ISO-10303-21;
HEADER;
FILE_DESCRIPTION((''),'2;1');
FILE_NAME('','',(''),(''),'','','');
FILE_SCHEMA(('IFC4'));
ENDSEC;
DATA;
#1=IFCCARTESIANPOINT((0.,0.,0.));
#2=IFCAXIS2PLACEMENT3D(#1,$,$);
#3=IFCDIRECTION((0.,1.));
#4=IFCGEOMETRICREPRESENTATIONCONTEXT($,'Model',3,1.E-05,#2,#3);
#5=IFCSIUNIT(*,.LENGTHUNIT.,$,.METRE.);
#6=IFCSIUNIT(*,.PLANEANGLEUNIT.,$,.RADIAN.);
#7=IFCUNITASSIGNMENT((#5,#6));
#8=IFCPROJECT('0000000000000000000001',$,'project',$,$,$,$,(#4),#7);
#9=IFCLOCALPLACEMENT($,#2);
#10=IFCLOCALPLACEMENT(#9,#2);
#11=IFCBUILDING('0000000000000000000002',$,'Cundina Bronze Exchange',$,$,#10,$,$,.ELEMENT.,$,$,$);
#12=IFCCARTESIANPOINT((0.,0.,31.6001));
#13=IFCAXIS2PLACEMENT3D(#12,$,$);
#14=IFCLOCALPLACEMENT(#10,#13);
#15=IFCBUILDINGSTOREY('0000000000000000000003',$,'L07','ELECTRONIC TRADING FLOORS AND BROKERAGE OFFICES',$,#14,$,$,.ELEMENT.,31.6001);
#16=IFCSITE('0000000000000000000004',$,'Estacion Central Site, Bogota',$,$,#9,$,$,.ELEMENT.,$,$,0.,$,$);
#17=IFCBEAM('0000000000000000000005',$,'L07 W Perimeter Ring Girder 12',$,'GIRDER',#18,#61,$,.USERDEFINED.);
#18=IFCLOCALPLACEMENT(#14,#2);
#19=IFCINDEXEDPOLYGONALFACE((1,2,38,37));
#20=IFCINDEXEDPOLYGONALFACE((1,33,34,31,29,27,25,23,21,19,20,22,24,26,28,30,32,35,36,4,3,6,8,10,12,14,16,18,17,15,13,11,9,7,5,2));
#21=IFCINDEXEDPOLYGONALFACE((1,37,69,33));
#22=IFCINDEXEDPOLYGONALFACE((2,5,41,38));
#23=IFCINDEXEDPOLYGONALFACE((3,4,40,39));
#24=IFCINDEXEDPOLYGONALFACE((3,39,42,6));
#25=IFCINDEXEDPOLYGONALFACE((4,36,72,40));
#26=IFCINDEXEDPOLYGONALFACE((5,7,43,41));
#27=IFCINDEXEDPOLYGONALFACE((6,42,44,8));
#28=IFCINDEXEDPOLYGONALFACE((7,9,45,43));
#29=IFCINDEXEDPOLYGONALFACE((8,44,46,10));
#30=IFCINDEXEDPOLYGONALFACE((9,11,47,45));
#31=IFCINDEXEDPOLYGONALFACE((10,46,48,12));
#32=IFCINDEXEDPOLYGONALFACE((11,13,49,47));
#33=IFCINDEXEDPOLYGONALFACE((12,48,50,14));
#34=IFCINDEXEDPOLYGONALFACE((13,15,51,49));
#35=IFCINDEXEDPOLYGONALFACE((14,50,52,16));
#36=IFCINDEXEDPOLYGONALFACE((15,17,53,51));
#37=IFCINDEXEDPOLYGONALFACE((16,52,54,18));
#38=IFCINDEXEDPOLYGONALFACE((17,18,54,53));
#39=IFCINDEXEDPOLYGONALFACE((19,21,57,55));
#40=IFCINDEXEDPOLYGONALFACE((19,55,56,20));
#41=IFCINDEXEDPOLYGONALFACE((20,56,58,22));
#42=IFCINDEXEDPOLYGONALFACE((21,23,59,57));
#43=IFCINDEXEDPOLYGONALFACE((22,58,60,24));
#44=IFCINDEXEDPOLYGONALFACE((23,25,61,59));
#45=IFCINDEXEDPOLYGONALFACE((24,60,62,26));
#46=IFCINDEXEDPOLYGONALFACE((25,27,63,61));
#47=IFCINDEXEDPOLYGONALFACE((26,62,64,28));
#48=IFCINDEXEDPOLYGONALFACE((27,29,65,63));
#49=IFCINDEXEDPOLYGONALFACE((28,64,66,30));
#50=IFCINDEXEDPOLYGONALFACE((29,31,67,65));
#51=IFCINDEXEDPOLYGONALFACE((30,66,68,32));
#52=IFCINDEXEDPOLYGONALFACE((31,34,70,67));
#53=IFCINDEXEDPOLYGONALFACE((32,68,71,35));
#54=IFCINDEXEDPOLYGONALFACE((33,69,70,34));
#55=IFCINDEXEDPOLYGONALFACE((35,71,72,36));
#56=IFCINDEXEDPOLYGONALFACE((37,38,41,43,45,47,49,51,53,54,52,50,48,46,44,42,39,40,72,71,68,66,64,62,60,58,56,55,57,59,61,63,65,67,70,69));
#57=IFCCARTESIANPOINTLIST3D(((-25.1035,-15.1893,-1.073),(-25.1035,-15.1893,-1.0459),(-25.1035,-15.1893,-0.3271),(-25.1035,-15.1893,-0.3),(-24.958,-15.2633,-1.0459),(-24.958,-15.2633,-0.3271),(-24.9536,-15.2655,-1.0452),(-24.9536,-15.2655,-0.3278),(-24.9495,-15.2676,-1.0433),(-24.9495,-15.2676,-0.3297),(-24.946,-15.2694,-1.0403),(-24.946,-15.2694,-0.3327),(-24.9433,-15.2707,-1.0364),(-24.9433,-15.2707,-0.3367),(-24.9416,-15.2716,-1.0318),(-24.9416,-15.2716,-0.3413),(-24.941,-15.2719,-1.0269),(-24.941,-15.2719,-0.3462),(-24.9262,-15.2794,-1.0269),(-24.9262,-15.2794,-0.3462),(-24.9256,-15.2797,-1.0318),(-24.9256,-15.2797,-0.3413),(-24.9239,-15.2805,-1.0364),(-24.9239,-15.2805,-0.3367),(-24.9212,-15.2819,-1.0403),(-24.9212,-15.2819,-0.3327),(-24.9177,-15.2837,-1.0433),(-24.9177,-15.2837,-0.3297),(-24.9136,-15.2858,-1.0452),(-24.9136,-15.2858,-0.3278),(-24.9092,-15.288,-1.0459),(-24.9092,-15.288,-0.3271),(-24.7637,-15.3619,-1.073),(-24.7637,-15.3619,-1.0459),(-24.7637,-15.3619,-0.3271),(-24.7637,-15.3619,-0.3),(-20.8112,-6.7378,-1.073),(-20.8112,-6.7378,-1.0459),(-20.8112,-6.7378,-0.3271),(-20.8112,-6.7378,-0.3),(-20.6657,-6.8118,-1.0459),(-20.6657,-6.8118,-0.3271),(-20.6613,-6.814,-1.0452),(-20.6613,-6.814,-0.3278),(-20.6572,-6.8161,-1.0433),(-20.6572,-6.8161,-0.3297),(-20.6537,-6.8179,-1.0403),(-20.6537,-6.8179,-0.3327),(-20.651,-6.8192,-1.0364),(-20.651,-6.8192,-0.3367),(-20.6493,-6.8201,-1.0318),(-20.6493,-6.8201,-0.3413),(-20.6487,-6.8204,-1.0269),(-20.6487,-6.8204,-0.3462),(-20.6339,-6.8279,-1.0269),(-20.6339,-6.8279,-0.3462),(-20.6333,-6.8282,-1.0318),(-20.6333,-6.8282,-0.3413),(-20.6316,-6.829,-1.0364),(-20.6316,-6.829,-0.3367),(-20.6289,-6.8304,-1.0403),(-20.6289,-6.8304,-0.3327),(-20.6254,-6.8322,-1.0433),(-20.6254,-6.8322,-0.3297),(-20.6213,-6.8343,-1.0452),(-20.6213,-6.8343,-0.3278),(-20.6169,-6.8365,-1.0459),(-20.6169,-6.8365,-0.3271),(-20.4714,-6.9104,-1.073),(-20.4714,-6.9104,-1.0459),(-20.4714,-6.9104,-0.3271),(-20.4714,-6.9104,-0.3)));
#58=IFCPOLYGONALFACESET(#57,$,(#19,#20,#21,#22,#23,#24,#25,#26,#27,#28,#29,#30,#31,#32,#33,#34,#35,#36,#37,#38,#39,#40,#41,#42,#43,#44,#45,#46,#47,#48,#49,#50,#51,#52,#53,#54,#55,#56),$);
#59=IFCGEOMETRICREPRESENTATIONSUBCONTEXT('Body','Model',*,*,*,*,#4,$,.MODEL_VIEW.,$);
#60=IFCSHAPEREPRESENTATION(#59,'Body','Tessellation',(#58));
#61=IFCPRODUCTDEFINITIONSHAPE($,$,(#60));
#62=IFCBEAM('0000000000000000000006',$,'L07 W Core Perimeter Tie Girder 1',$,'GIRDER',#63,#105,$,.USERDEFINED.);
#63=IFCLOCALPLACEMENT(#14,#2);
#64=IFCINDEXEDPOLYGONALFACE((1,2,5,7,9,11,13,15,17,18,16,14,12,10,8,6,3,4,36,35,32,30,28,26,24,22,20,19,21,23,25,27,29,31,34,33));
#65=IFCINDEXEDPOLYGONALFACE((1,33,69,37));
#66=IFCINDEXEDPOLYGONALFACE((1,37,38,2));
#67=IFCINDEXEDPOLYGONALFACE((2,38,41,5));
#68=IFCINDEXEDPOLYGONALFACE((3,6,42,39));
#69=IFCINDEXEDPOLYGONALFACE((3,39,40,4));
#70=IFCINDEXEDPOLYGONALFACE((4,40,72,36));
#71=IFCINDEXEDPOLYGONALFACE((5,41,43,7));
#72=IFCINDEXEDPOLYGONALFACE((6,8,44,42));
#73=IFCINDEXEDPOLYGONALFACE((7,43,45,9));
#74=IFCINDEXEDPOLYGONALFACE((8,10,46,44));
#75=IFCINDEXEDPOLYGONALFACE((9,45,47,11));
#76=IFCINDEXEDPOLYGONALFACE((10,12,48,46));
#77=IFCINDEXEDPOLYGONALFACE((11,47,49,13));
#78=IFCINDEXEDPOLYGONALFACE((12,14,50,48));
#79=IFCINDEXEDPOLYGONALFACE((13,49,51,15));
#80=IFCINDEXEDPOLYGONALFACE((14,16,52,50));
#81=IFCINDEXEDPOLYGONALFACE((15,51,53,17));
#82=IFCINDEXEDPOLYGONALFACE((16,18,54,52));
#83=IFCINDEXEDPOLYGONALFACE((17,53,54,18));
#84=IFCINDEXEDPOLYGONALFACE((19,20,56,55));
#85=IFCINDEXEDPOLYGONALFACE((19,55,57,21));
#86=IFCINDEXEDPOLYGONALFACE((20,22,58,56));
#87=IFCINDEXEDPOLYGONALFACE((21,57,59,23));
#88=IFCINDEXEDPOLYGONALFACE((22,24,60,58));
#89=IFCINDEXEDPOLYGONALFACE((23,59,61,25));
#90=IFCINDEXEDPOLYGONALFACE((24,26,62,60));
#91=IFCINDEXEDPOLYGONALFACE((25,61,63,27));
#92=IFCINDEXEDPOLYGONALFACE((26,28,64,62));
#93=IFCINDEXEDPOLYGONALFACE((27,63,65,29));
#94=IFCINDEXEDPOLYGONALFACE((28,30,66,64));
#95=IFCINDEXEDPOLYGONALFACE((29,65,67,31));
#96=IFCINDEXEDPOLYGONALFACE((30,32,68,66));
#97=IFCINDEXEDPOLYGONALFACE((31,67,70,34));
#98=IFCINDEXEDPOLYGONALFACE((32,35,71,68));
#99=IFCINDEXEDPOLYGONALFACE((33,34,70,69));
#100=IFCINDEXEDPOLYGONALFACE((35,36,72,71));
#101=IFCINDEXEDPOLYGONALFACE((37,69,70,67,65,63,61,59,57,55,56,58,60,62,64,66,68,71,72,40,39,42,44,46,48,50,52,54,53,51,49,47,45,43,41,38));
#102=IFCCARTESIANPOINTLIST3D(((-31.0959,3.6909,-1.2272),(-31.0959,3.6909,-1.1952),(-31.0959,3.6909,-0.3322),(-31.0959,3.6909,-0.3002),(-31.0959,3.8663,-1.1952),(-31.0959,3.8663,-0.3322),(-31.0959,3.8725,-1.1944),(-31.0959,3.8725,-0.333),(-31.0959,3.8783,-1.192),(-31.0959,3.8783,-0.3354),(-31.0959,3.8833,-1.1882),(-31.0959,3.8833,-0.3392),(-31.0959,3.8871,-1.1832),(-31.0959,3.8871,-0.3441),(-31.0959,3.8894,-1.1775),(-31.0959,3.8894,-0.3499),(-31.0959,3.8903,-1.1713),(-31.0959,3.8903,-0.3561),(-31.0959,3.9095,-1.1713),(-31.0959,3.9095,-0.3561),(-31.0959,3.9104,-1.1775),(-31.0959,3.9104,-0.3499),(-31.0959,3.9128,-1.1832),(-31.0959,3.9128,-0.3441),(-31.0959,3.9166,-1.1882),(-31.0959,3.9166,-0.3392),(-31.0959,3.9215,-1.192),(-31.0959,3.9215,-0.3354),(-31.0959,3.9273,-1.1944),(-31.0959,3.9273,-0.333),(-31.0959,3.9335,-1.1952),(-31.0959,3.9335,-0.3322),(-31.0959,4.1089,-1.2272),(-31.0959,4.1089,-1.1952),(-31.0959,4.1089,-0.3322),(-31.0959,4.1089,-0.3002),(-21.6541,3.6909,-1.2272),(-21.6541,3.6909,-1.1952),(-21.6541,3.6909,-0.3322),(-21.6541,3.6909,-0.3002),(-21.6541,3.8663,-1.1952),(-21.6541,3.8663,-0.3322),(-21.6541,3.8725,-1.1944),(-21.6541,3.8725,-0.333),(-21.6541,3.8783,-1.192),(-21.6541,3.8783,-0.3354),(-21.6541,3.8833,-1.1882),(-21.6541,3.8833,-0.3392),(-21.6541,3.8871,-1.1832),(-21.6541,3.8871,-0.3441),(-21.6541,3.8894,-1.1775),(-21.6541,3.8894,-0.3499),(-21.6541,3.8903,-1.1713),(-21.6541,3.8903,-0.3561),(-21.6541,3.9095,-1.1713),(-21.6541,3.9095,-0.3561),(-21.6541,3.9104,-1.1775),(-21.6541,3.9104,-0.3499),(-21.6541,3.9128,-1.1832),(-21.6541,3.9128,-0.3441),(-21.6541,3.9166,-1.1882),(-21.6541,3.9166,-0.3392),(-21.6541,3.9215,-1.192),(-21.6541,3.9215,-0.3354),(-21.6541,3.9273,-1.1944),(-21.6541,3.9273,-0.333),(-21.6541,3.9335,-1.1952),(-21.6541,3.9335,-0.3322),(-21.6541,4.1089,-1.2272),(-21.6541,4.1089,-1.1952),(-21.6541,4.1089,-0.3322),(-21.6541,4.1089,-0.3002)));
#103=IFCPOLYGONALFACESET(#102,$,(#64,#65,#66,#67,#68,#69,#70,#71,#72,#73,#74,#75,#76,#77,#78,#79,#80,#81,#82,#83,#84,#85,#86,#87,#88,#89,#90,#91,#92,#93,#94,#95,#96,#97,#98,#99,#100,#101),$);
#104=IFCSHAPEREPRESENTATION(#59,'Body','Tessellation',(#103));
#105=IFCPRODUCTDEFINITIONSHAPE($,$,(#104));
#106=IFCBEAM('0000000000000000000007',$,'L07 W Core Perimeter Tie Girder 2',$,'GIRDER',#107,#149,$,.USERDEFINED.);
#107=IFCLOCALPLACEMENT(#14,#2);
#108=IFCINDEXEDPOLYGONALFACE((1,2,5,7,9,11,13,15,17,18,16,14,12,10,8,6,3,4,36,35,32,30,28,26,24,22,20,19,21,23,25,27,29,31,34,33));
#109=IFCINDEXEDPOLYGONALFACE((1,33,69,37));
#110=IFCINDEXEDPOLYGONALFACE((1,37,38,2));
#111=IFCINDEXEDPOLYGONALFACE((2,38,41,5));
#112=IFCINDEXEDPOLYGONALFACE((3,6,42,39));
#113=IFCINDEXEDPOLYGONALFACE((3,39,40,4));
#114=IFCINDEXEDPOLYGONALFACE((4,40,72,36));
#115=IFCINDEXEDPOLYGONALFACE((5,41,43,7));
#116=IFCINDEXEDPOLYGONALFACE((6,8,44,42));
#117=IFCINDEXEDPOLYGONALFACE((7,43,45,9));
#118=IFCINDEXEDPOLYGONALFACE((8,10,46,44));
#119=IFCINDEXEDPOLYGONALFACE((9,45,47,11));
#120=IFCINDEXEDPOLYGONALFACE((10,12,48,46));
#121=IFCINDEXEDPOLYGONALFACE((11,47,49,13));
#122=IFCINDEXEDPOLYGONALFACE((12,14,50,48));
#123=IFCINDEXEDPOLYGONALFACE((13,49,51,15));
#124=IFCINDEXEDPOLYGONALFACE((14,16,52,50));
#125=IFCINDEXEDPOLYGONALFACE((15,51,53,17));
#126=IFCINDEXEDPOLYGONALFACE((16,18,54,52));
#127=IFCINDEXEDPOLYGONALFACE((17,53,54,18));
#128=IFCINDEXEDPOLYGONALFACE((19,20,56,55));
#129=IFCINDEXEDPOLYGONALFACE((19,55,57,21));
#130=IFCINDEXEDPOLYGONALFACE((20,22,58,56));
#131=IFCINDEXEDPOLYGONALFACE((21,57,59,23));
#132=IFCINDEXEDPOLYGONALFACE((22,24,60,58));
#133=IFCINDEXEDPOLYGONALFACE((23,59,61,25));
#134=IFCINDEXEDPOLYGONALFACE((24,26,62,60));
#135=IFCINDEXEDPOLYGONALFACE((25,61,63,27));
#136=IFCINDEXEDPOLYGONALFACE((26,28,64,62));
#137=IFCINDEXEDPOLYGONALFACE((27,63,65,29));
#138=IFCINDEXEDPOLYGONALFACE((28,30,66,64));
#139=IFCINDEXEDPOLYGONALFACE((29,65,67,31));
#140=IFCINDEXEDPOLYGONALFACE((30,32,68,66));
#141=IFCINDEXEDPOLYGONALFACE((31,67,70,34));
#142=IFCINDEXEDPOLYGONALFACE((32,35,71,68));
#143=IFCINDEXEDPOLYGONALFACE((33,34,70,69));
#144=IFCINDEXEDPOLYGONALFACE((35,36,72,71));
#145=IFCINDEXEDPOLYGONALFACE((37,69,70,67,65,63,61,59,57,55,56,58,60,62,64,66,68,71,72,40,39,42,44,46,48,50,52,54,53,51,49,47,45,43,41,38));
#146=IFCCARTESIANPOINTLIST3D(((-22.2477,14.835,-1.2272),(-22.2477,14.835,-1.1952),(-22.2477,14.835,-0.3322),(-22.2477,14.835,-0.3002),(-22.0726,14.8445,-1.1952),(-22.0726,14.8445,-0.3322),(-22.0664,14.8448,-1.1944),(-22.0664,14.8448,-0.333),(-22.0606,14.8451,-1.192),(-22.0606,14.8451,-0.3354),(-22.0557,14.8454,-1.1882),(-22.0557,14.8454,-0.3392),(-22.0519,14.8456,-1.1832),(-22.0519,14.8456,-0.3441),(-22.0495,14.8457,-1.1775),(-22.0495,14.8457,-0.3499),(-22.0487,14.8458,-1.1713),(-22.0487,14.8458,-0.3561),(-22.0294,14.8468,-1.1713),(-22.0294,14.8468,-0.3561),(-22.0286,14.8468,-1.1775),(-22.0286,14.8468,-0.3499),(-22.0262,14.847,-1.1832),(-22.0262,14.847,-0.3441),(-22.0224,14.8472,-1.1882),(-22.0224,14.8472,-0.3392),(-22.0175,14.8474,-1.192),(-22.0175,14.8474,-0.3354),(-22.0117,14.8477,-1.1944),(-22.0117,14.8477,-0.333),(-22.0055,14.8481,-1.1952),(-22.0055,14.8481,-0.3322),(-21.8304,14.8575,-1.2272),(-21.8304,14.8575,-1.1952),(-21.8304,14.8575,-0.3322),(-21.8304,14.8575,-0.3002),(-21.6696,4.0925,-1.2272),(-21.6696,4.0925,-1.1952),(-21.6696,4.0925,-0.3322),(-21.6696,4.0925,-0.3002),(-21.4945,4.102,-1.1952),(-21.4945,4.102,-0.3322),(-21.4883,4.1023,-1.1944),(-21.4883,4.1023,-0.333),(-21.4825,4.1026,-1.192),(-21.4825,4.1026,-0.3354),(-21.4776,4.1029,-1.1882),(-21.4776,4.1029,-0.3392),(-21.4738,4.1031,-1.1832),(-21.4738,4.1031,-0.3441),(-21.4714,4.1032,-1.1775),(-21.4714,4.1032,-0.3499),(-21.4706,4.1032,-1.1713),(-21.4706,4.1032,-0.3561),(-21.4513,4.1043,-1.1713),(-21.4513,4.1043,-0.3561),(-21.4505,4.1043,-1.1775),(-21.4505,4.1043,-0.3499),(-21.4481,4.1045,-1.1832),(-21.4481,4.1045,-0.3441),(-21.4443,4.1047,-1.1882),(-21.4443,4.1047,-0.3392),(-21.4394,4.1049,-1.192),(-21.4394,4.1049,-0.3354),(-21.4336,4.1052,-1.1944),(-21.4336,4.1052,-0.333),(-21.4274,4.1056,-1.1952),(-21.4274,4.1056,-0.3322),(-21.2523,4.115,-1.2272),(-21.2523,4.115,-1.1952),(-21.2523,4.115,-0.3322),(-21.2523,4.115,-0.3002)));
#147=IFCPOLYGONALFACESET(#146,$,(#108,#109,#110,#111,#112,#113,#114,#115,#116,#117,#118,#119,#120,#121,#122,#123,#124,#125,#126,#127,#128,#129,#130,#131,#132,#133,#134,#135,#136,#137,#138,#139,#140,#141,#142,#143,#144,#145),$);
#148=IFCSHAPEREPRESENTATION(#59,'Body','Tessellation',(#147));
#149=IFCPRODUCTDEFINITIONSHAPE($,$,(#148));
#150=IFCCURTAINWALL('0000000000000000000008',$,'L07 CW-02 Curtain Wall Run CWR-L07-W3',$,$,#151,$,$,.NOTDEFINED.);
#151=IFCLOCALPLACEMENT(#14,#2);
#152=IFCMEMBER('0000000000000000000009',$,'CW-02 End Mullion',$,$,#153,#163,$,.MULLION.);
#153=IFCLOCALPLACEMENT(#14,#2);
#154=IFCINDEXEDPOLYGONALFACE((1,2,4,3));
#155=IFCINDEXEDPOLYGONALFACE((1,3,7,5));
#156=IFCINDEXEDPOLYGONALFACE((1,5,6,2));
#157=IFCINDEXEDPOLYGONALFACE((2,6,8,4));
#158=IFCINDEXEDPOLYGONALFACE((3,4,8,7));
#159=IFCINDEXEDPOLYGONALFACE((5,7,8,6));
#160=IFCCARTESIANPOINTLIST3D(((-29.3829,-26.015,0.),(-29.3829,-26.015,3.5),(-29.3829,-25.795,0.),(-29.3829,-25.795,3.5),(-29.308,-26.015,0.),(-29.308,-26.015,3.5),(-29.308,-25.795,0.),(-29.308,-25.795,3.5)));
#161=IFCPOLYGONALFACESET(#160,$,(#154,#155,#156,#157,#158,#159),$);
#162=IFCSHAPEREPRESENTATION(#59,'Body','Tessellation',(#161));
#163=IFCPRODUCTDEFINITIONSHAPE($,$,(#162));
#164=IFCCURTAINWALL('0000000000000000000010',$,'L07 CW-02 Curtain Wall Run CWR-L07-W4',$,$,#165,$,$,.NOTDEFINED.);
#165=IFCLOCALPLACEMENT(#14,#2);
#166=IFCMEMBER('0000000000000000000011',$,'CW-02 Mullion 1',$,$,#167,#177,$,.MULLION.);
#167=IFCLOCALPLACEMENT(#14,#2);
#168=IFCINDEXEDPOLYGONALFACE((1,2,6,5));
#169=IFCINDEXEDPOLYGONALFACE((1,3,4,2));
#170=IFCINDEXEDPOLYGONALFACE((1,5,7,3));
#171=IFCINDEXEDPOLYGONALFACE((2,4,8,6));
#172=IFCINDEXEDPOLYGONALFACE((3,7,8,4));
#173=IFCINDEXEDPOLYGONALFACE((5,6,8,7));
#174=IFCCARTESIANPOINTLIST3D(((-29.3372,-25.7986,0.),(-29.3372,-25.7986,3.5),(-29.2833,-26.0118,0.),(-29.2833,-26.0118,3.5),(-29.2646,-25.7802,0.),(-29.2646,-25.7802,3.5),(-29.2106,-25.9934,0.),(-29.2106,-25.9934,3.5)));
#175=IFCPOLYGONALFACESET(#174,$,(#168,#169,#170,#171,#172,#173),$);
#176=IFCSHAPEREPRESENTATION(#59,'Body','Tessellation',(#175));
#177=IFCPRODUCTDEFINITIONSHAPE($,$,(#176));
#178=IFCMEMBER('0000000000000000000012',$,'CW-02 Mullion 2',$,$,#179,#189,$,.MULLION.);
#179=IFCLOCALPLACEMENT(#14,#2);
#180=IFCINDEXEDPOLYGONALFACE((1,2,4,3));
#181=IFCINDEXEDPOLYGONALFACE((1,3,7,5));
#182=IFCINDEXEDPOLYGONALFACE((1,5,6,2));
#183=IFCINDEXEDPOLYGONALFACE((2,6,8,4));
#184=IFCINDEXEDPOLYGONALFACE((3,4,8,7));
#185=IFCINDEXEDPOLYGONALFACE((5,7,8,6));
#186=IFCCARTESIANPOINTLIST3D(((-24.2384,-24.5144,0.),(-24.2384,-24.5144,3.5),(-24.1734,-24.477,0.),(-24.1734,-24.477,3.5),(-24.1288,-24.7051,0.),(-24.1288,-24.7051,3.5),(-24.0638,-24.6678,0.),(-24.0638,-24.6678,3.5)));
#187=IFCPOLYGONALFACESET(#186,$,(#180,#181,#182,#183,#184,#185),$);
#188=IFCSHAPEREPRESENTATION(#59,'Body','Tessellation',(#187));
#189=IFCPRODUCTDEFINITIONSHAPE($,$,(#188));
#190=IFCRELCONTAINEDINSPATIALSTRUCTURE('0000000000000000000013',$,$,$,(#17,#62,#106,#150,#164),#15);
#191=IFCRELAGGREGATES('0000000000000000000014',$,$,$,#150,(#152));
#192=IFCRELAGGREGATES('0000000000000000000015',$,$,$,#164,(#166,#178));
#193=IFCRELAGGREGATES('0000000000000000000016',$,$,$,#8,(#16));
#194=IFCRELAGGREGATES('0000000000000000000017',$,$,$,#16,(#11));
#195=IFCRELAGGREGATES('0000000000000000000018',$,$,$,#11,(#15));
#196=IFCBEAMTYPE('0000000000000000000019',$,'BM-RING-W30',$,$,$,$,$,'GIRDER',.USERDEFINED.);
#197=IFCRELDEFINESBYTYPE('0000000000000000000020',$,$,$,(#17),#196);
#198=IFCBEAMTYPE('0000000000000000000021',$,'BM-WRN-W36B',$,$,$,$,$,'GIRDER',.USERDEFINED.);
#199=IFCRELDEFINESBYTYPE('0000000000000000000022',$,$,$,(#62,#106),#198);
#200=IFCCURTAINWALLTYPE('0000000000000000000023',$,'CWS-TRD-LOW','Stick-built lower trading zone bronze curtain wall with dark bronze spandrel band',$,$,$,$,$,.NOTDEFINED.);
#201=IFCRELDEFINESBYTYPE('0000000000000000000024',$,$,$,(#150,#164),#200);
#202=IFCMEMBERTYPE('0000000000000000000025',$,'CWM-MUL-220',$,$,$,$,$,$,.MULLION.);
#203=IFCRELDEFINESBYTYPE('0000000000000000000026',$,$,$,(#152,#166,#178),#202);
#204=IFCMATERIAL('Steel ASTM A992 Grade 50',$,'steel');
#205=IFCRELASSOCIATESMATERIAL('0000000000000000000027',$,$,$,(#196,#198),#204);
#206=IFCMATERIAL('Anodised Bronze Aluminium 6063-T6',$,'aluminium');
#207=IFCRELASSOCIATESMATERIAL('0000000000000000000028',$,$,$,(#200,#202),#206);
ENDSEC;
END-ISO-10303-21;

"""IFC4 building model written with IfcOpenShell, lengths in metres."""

from ifc_helpers import new_model, si_unit, direction, frame, origin, origin_2d, place, context, subcontext, project, spatial, rectangle, i_section, extrude, material, material_profile, profile_set, type_object, element, aggregate, save


model = new_model("IFC4")

# Units and contexts
model_context = context("Model", 3, precision=1e-05, world=origin(), true_north=direction((0.0, 1.0)))
body_context = subcontext(model_context, "Body", "Model", "MODEL_VIEW")
ifc_project = project(units=[si_unit("LENGTHUNIT", "METRE"), si_unit("PLANEANGLEUNIT", "RADIAN")], contexts=[model_context])

# Site, building, storey
site_placement = place(None, origin())
site = spatial("IfcSite", under=ifc_project, at=site_placement, Name="Estacion Central Site, Bogota", CompositionType="ELEMENT", RefElevation=0.0)
building_placement = place(site_placement, origin())
building = spatial("IfcBuilding", under=site, at=building_placement, Name="Cundina Bronze Exchange", CompositionType="ELEMENT")
storey_placement = place(building_placement, frame((0.0, 0.0, 31.6001)))
storey = spatial("IfcBuildingStorey", under=building, at=storey_placement, Name="L07", Description="ELECTRONIC TRADING FLOORS AND BROKERAGE OFFICES", CompositionType="ELEMENT", Elevation=31.6001)

# Shared definitions
ifc_material_1 = material(Name="Steel ASTM A992 Grade 50", Category="steel")

# Beams
ifc_material_profile_1 = material_profile(ifc_material_1, i_section(OverallWidth=0.3811, OverallDepth=0.7729, WebThickness=0.0166, FlangeThickness=0.0271, FilletRadius=0.019, at=origin_2d()), Name="W30X173", Category="steel")
ifc_profile_set_1 = profile_set([ifc_material_profile_1], Name="Steel ASTM A992 Grade 50")
beam_type_1 = type_object("IfcBeamType", Name="BM-RING-W30", ElementType="GIRDER", PredefinedType="USERDEFINED", material=ifc_profile_set_1)
beam_1_placement = place(storey_placement, frame((-24.9336, -15.2756, -0.6865), z_axis=(0.45282, 0.891602, 0.0), x_axis=(-0.891602, 0.45282, 0.0)))
element("IfcBeam", 1, at=beam_1_placement, inside=storey, type_object=beam_type_1, Name="L07 W Perimeter Ring Girder 12", ObjectType="GIRDER", PredefinedType="USERDEFINED", context=body_context, shape_type="SweptSolid", body=[
    extrude(i_section(OverallWidth=0.3811, OverallDepth=0.7729, WebThickness=0.0166, FlangeThickness=0.0271, FilletRadius=0.019, at=origin_2d()), origin(), (0.0, 0.0, 1.0), 9.479),
])
ifc_material_profile_2 = material_profile(ifc_material_1, i_section(OverallWidth=0.418, OverallDepth=0.927, WebThickness=0.0193, FlangeThickness=0.032, FilletRadius=0.0239, at=origin_2d()), Name="W36X231", Category="steel")
ifc_profile_set_2 = profile_set([ifc_material_profile_2], Name="Steel ASTM A992 Grade 50")
beam_type_2 = type_object("IfcBeamType", Name="BM-WRN-W36B", ElementType="GIRDER", PredefinedType="USERDEFINED", material=ifc_profile_set_2)
beam_2_placement = place(storey_placement, frame((-31.0959, 3.8999, -0.7637), z_axis=(1.0, 0.0, 0.0), x_axis=(0.0, 1.0, 0.0)))
element("IfcBeam", 2, at=beam_2_placement, inside=storey, type_object=beam_type_2, Name="L07 W Core Perimeter Tie Girder 1", ObjectType="GIRDER", PredefinedType="USERDEFINED", context=body_context, shape_type="SweptSolid", body=[
    extrude(i_section(OverallWidth=0.418, OverallDepth=0.927, WebThickness=0.0193, FlangeThickness=0.032, FilletRadius=0.0239, at=origin_2d()), origin(), (0.0, 0.0, 1.0), 9.4419),
])
beam_3_placement = place(storey_placement, frame((-21.4609, 4.1038, -0.7637), z_axis=(-0.053739, 0.998555, 0.0), x_axis=(-0.998555, -0.053739, 0.0)))
element("IfcBeam", 3, at=beam_3_placement, inside=storey, type_object=beam_type_2, Name="L07 W Core Perimeter Tie Girder 2", ObjectType="GIRDER", PredefinedType="USERDEFINED", context=body_context, shape_type="SweptSolid", body=[
    extrude(i_section(OverallWidth=0.418, OverallDepth=0.927, WebThickness=0.0193, FlangeThickness=0.032, FilletRadius=0.0239, at=origin_2d()), origin(), (0.0, 0.0, 1.0), 10.7581),
])

# Curtain wall, member
ifc_material_2 = material(Name="Anodised Bronze Aluminium 6063-T6", Category="aluminium")
curtain_wall_type = type_object("IfcCurtainWallType", Name="CWS-TRD-LOW", Description="Stick-built lower trading zone bronze curtain wall with dark bronze spandrel band", PredefinedType="NOTDEFINED", material=ifc_material_2)
curtain_wall_1_placement = place(storey_placement, origin())
curtain_wall_1 = element("IfcCurtainWall", 4, at=curtain_wall_1_placement, inside=storey, type_object=curtain_wall_type, Name="L07 CW-02 Curtain Wall Run CWR-L07-W3", PredefinedType="NOTDEFINED")
ifc_material_profile_3 = material_profile(ifc_material_2, rectangle(XDim=0.075, YDim=0.22, at=origin_2d()), Name="AL75X220", Category="aluminium")
ifc_profile_set_3 = profile_set([ifc_material_profile_3], Name="Anodised Bronze Aluminium 6063-T6")
member_type_1 = type_object("IfcMemberType", Name="CWM-MUL-220", PredefinedType="MULLION", material=ifc_profile_set_3)
member_1_placement = place(storey_placement, frame((-29.3455, -25.905, 0.0), z_axis=(0.0, 0.0, 1.0), x_axis=(1.0, 0.0, 0.0)))
member_1 = element("IfcMember", 5, at=member_1_placement, type_object=member_type_1, Name="CW-02 End Mullion", PredefinedType="MULLION", context=body_context, shape_type="SweptSolid", body=[
    extrude(rectangle(XDim=0.075, YDim=0.22, at=origin_2d()), origin(), (0.0, 0.0, 1.0), 3.5),
])
aggregate(curtain_wall_1, [member_1])

# Curtain wall, members
curtain_wall_2_placement = place(storey_placement, origin())
curtain_wall_2 = element("IfcCurtainWall", 6, at=curtain_wall_2_placement, inside=storey, type_object=curtain_wall_type, Name="L07 CW-02 Curtain Wall Run CWR-L07-W4", PredefinedType="NOTDEFINED")
member_2_placement = place(storey_placement, frame((-29.2739, -25.896, 0.0), z_axis=(0.0, 0.0, 1.0), x_axis=(0.969488, 0.245138, 0.0)))
member_2 = element("IfcMember", 7, at=member_2_placement, type_object=member_type_1, Name="CW-02 Mullion 1", PredefinedType="MULLION", context=body_context, shape_type="SweptSolid", body=[
    extrude(rectangle(XDim=0.075, YDim=0.22, at=origin_2d()), origin(), (0.0, 0.0, 1.0), 3.5),
])
member_3_placement = place(storey_placement, frame((-24.1511, -24.5911, 0.0), z_axis=(0.0, 0.0, 1.0), x_axis=(0.867071, 0.498185, 0.0)))
member_3 = element("IfcMember", 8, at=member_3_placement, type_object=member_type_1, Name="CW-02 Mullion 2", PredefinedType="MULLION", context=body_context, shape_type="SweptSolid", body=[
    extrude(rectangle(XDim=0.075, YDim=0.22, at=origin_2d()), origin(), (0.0, 0.0, 1.0), 3.5),
])
aggregate(curtain_wall_2, [member_2, member_3])

save(model, "model.ifc")
